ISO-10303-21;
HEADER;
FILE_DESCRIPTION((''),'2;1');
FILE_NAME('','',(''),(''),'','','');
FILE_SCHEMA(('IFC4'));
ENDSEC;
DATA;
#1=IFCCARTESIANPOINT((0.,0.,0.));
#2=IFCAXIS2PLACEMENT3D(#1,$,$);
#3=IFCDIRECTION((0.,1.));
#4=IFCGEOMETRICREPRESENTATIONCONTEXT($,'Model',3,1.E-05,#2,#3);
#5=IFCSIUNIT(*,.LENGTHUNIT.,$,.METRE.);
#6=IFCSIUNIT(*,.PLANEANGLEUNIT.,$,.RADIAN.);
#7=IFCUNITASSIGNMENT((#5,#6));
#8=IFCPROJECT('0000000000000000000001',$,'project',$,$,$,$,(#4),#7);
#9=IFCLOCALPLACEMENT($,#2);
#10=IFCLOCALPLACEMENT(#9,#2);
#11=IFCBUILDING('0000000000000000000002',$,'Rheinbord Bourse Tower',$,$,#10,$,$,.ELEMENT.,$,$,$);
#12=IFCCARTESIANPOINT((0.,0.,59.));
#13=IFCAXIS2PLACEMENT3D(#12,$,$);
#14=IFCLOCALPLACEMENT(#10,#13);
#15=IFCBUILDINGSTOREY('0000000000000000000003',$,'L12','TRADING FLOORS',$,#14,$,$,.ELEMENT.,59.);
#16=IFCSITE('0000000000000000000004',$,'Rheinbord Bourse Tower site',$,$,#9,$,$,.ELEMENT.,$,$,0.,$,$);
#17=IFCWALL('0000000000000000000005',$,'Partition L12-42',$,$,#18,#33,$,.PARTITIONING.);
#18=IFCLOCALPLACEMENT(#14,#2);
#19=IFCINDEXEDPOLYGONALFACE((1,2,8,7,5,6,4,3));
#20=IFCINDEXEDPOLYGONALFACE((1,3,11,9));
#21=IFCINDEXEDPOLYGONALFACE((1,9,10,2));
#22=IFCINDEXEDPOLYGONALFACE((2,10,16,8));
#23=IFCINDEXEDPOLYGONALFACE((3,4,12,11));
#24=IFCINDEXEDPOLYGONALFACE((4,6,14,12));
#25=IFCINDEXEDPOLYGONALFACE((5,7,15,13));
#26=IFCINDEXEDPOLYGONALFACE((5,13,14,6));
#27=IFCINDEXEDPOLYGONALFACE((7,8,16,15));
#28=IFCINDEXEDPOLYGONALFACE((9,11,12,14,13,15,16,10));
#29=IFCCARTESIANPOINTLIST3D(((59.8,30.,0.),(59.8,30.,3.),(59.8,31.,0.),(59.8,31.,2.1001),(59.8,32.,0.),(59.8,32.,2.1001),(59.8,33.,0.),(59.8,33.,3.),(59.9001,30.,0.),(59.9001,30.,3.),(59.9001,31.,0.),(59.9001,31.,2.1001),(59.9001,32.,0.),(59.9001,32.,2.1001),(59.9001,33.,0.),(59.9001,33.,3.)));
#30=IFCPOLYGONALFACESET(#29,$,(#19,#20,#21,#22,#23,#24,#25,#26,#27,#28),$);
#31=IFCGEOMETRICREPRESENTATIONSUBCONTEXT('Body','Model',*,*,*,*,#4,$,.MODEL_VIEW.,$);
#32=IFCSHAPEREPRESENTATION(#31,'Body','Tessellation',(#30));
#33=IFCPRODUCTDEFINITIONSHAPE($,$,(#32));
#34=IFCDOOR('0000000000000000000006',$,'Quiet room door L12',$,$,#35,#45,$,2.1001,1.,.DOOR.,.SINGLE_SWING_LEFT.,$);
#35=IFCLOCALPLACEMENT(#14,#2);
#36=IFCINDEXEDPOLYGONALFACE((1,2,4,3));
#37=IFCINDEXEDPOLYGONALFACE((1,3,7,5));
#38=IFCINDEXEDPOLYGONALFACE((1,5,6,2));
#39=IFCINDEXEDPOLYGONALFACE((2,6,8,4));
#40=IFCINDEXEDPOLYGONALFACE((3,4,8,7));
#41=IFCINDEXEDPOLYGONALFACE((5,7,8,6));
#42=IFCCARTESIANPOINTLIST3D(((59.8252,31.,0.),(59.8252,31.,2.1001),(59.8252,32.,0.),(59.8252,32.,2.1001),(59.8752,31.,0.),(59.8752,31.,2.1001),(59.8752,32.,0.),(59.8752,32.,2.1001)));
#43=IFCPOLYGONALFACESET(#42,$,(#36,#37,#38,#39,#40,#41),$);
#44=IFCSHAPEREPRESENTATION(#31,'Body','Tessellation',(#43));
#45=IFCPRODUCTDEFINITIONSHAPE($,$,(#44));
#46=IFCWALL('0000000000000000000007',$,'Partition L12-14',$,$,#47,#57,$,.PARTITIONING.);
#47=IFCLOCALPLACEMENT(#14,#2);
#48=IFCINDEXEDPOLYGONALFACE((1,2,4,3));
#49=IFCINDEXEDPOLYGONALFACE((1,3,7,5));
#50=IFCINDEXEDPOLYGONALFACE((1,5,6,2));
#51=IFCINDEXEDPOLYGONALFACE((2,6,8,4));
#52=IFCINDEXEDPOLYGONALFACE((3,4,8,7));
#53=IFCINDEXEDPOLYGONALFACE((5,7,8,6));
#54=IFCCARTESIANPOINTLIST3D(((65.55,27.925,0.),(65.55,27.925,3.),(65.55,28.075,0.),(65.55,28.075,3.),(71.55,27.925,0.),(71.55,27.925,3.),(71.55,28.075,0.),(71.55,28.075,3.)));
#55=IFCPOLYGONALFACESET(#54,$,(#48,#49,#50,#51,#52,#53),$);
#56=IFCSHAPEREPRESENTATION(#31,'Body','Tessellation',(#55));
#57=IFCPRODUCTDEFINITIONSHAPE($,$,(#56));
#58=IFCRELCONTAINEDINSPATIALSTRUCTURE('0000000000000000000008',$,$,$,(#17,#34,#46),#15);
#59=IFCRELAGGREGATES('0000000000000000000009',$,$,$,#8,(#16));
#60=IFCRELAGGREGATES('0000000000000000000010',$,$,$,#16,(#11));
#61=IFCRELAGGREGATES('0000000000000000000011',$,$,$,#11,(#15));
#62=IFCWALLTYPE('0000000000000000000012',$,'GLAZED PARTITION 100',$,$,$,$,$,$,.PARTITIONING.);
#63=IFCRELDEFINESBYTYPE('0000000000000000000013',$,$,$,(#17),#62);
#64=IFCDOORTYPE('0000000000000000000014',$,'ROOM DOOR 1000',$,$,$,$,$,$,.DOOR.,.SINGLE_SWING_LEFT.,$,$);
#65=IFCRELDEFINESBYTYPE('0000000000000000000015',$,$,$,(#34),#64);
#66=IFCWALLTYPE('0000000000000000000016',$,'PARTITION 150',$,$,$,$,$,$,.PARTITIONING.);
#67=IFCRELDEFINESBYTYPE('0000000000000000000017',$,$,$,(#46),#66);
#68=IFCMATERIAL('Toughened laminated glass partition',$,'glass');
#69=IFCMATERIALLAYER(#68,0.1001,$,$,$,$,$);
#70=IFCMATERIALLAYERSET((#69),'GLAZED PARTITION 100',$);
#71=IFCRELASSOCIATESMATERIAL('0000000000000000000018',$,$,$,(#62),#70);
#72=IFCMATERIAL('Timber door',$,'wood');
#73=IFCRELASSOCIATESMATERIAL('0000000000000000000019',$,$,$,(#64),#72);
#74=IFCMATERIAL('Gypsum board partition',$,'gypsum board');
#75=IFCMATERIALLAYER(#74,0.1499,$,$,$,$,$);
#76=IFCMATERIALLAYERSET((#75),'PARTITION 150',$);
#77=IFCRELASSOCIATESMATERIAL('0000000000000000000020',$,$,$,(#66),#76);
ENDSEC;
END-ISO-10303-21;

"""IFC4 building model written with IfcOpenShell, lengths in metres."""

from ifc_helpers import new_model, si_unit, direction, frame, frame_2d, origin, place, context, subcontext, project, spatial, rectangle, extrude, material, layer, layer_set, type_object, element, fill, save


model = new_model("IFC4")

# Units and contexts
model_context = context("Model", 3, precision=1e-05, world=origin(), true_north=direction((0.0, 1.0)))
body_context = subcontext(model_context, "Body", "Model", "MODEL_VIEW")
ifc_project = project(units=[si_unit("LENGTHUNIT", "METRE"), si_unit("PLANEANGLEUNIT", "RADIAN")], contexts=[model_context])

# Site, building, storey
site_placement = place(None, origin())
site = spatial("IfcSite", under=ifc_project, at=site_placement, Name="Rheinbord Bourse Tower site", CompositionType="ELEMENT", RefElevation=0.0)
building_placement = place(site_placement, origin())
building = spatial("IfcBuilding", under=site, at=building_placement, Name="Rheinbord Bourse Tower", CompositionType="ELEMENT")
storey_placement = place(building_placement, frame((0.0, 0.0, 59.0)))
storey = spatial("IfcBuildingStorey", under=building, at=storey_placement, Name="L12", Description="TRADING FLOORS", CompositionType="ELEMENT", Elevation=59.0)

# Shared definitions
ifc_material_1 = material(Name="Toughened laminated glass partition", Category="glass")
ifc_layer_1 = layer(ifc_material_1, 0.1001)
ifc_layer_set_1 = layer_set([ifc_layer_1], Name="GLAZED PARTITION 100")
wall_type_1 = type_object("IfcWallType", Name="GLAZED PARTITION 100", PredefinedType="PARTITIONING", material=ifc_layer_set_1)

# Wall, opening, door
wall_1_placement = place(storey_placement, frame((59.8501, 30.0, 0.0), z_axis=(0.0, 0.0, 1.0), x_axis=(0.0, 1.0, 0.0)))
wall_1 = element("IfcWall", 1, at=wall_1_placement, inside=storey, type_object=wall_type_1, Name="Partition L12-42", PredefinedType="PARTITIONING", context=body_context, shape_type="SweptSolid", body=[
    extrude(rectangle(XDim=3.0, YDim=0.1001, at=frame_2d((1.5, 0.0))), origin(), (0.0, 0.0, 1.0), 3.0),
])
opening_placement = place(wall_1_placement, frame((1.0, 0.0, 0.0)))
opening = element("IfcOpeningElement", 2, at=opening_placement, cuts=wall_1, PredefinedType="OPENING", context=body_context, shape_type="SweptSolid", body=[
    extrude(rectangle(XDim=1.0, YDim=2.1001, at=frame_2d((0.5, 1.05))), frame((0.0, 0.0601, 0.0), z_axis=(0.0, -1.0, 0.0), x_axis=(1.0, 0.0, 0.0)), (0.0, 0.0, 1.0), 0.1201),
])
ifc_material_2 = material(Name="Timber door", Category="wood")
door_type = type_object("IfcDoorType", Name="ROOM DOOR 1000", OperationType="SINGLE_SWING_LEFT", PredefinedType="DOOR", material=ifc_material_2)
door_placement = place(opening_placement, origin())
door = element("IfcDoor", 3, at=door_placement, inside=storey, type_object=door_type, Name="Quiet room door L12", OperationType="SINGLE_SWING_LEFT", OverallHeight=2.1001, OverallWidth=1.0, PredefinedType="DOOR", context=body_context, shape_type="SweptSolid", body=[
    extrude(rectangle(XDim=1.0, YDim=2.1001, at=frame_2d((0.5, 1.05))), frame((0.0, 0.0249, 0.0), z_axis=(0.0, -1.0, 0.0), x_axis=(1.0, 0.0, 0.0)), (0.0, 0.0, 1.0), 0.05),
])
fill(opening, door)

# Wall
ifc_material_3 = material(Name="Gypsum board partition", Category="gypsum board")
ifc_layer_2 = layer(ifc_material_3, 0.1499)
ifc_layer_set_2 = layer_set([ifc_layer_2], Name="PARTITION 150")
wall_type_2 = type_object("IfcWallType", Name="PARTITION 150", PredefinedType="PARTITIONING", material=ifc_layer_set_2)
wall_2_placement = place(storey_placement, frame((65.55, 28.0, 0.0), z_axis=(0.0, 0.0, 1.0), x_axis=(1.0, 0.0, 0.0)))
element("IfcWall", 4, at=wall_2_placement, inside=storey, type_object=wall_type_2, Name="Partition L12-14", PredefinedType="PARTITIONING", context=body_context, shape_type="SweptSolid", body=[
    extrude(rectangle(XDim=6.0, YDim=0.1499, at=frame_2d((3.0, 0.0))), origin(), (0.0, 0.0, 1.0), 3.0),
])

save(model, "model.ifc")
